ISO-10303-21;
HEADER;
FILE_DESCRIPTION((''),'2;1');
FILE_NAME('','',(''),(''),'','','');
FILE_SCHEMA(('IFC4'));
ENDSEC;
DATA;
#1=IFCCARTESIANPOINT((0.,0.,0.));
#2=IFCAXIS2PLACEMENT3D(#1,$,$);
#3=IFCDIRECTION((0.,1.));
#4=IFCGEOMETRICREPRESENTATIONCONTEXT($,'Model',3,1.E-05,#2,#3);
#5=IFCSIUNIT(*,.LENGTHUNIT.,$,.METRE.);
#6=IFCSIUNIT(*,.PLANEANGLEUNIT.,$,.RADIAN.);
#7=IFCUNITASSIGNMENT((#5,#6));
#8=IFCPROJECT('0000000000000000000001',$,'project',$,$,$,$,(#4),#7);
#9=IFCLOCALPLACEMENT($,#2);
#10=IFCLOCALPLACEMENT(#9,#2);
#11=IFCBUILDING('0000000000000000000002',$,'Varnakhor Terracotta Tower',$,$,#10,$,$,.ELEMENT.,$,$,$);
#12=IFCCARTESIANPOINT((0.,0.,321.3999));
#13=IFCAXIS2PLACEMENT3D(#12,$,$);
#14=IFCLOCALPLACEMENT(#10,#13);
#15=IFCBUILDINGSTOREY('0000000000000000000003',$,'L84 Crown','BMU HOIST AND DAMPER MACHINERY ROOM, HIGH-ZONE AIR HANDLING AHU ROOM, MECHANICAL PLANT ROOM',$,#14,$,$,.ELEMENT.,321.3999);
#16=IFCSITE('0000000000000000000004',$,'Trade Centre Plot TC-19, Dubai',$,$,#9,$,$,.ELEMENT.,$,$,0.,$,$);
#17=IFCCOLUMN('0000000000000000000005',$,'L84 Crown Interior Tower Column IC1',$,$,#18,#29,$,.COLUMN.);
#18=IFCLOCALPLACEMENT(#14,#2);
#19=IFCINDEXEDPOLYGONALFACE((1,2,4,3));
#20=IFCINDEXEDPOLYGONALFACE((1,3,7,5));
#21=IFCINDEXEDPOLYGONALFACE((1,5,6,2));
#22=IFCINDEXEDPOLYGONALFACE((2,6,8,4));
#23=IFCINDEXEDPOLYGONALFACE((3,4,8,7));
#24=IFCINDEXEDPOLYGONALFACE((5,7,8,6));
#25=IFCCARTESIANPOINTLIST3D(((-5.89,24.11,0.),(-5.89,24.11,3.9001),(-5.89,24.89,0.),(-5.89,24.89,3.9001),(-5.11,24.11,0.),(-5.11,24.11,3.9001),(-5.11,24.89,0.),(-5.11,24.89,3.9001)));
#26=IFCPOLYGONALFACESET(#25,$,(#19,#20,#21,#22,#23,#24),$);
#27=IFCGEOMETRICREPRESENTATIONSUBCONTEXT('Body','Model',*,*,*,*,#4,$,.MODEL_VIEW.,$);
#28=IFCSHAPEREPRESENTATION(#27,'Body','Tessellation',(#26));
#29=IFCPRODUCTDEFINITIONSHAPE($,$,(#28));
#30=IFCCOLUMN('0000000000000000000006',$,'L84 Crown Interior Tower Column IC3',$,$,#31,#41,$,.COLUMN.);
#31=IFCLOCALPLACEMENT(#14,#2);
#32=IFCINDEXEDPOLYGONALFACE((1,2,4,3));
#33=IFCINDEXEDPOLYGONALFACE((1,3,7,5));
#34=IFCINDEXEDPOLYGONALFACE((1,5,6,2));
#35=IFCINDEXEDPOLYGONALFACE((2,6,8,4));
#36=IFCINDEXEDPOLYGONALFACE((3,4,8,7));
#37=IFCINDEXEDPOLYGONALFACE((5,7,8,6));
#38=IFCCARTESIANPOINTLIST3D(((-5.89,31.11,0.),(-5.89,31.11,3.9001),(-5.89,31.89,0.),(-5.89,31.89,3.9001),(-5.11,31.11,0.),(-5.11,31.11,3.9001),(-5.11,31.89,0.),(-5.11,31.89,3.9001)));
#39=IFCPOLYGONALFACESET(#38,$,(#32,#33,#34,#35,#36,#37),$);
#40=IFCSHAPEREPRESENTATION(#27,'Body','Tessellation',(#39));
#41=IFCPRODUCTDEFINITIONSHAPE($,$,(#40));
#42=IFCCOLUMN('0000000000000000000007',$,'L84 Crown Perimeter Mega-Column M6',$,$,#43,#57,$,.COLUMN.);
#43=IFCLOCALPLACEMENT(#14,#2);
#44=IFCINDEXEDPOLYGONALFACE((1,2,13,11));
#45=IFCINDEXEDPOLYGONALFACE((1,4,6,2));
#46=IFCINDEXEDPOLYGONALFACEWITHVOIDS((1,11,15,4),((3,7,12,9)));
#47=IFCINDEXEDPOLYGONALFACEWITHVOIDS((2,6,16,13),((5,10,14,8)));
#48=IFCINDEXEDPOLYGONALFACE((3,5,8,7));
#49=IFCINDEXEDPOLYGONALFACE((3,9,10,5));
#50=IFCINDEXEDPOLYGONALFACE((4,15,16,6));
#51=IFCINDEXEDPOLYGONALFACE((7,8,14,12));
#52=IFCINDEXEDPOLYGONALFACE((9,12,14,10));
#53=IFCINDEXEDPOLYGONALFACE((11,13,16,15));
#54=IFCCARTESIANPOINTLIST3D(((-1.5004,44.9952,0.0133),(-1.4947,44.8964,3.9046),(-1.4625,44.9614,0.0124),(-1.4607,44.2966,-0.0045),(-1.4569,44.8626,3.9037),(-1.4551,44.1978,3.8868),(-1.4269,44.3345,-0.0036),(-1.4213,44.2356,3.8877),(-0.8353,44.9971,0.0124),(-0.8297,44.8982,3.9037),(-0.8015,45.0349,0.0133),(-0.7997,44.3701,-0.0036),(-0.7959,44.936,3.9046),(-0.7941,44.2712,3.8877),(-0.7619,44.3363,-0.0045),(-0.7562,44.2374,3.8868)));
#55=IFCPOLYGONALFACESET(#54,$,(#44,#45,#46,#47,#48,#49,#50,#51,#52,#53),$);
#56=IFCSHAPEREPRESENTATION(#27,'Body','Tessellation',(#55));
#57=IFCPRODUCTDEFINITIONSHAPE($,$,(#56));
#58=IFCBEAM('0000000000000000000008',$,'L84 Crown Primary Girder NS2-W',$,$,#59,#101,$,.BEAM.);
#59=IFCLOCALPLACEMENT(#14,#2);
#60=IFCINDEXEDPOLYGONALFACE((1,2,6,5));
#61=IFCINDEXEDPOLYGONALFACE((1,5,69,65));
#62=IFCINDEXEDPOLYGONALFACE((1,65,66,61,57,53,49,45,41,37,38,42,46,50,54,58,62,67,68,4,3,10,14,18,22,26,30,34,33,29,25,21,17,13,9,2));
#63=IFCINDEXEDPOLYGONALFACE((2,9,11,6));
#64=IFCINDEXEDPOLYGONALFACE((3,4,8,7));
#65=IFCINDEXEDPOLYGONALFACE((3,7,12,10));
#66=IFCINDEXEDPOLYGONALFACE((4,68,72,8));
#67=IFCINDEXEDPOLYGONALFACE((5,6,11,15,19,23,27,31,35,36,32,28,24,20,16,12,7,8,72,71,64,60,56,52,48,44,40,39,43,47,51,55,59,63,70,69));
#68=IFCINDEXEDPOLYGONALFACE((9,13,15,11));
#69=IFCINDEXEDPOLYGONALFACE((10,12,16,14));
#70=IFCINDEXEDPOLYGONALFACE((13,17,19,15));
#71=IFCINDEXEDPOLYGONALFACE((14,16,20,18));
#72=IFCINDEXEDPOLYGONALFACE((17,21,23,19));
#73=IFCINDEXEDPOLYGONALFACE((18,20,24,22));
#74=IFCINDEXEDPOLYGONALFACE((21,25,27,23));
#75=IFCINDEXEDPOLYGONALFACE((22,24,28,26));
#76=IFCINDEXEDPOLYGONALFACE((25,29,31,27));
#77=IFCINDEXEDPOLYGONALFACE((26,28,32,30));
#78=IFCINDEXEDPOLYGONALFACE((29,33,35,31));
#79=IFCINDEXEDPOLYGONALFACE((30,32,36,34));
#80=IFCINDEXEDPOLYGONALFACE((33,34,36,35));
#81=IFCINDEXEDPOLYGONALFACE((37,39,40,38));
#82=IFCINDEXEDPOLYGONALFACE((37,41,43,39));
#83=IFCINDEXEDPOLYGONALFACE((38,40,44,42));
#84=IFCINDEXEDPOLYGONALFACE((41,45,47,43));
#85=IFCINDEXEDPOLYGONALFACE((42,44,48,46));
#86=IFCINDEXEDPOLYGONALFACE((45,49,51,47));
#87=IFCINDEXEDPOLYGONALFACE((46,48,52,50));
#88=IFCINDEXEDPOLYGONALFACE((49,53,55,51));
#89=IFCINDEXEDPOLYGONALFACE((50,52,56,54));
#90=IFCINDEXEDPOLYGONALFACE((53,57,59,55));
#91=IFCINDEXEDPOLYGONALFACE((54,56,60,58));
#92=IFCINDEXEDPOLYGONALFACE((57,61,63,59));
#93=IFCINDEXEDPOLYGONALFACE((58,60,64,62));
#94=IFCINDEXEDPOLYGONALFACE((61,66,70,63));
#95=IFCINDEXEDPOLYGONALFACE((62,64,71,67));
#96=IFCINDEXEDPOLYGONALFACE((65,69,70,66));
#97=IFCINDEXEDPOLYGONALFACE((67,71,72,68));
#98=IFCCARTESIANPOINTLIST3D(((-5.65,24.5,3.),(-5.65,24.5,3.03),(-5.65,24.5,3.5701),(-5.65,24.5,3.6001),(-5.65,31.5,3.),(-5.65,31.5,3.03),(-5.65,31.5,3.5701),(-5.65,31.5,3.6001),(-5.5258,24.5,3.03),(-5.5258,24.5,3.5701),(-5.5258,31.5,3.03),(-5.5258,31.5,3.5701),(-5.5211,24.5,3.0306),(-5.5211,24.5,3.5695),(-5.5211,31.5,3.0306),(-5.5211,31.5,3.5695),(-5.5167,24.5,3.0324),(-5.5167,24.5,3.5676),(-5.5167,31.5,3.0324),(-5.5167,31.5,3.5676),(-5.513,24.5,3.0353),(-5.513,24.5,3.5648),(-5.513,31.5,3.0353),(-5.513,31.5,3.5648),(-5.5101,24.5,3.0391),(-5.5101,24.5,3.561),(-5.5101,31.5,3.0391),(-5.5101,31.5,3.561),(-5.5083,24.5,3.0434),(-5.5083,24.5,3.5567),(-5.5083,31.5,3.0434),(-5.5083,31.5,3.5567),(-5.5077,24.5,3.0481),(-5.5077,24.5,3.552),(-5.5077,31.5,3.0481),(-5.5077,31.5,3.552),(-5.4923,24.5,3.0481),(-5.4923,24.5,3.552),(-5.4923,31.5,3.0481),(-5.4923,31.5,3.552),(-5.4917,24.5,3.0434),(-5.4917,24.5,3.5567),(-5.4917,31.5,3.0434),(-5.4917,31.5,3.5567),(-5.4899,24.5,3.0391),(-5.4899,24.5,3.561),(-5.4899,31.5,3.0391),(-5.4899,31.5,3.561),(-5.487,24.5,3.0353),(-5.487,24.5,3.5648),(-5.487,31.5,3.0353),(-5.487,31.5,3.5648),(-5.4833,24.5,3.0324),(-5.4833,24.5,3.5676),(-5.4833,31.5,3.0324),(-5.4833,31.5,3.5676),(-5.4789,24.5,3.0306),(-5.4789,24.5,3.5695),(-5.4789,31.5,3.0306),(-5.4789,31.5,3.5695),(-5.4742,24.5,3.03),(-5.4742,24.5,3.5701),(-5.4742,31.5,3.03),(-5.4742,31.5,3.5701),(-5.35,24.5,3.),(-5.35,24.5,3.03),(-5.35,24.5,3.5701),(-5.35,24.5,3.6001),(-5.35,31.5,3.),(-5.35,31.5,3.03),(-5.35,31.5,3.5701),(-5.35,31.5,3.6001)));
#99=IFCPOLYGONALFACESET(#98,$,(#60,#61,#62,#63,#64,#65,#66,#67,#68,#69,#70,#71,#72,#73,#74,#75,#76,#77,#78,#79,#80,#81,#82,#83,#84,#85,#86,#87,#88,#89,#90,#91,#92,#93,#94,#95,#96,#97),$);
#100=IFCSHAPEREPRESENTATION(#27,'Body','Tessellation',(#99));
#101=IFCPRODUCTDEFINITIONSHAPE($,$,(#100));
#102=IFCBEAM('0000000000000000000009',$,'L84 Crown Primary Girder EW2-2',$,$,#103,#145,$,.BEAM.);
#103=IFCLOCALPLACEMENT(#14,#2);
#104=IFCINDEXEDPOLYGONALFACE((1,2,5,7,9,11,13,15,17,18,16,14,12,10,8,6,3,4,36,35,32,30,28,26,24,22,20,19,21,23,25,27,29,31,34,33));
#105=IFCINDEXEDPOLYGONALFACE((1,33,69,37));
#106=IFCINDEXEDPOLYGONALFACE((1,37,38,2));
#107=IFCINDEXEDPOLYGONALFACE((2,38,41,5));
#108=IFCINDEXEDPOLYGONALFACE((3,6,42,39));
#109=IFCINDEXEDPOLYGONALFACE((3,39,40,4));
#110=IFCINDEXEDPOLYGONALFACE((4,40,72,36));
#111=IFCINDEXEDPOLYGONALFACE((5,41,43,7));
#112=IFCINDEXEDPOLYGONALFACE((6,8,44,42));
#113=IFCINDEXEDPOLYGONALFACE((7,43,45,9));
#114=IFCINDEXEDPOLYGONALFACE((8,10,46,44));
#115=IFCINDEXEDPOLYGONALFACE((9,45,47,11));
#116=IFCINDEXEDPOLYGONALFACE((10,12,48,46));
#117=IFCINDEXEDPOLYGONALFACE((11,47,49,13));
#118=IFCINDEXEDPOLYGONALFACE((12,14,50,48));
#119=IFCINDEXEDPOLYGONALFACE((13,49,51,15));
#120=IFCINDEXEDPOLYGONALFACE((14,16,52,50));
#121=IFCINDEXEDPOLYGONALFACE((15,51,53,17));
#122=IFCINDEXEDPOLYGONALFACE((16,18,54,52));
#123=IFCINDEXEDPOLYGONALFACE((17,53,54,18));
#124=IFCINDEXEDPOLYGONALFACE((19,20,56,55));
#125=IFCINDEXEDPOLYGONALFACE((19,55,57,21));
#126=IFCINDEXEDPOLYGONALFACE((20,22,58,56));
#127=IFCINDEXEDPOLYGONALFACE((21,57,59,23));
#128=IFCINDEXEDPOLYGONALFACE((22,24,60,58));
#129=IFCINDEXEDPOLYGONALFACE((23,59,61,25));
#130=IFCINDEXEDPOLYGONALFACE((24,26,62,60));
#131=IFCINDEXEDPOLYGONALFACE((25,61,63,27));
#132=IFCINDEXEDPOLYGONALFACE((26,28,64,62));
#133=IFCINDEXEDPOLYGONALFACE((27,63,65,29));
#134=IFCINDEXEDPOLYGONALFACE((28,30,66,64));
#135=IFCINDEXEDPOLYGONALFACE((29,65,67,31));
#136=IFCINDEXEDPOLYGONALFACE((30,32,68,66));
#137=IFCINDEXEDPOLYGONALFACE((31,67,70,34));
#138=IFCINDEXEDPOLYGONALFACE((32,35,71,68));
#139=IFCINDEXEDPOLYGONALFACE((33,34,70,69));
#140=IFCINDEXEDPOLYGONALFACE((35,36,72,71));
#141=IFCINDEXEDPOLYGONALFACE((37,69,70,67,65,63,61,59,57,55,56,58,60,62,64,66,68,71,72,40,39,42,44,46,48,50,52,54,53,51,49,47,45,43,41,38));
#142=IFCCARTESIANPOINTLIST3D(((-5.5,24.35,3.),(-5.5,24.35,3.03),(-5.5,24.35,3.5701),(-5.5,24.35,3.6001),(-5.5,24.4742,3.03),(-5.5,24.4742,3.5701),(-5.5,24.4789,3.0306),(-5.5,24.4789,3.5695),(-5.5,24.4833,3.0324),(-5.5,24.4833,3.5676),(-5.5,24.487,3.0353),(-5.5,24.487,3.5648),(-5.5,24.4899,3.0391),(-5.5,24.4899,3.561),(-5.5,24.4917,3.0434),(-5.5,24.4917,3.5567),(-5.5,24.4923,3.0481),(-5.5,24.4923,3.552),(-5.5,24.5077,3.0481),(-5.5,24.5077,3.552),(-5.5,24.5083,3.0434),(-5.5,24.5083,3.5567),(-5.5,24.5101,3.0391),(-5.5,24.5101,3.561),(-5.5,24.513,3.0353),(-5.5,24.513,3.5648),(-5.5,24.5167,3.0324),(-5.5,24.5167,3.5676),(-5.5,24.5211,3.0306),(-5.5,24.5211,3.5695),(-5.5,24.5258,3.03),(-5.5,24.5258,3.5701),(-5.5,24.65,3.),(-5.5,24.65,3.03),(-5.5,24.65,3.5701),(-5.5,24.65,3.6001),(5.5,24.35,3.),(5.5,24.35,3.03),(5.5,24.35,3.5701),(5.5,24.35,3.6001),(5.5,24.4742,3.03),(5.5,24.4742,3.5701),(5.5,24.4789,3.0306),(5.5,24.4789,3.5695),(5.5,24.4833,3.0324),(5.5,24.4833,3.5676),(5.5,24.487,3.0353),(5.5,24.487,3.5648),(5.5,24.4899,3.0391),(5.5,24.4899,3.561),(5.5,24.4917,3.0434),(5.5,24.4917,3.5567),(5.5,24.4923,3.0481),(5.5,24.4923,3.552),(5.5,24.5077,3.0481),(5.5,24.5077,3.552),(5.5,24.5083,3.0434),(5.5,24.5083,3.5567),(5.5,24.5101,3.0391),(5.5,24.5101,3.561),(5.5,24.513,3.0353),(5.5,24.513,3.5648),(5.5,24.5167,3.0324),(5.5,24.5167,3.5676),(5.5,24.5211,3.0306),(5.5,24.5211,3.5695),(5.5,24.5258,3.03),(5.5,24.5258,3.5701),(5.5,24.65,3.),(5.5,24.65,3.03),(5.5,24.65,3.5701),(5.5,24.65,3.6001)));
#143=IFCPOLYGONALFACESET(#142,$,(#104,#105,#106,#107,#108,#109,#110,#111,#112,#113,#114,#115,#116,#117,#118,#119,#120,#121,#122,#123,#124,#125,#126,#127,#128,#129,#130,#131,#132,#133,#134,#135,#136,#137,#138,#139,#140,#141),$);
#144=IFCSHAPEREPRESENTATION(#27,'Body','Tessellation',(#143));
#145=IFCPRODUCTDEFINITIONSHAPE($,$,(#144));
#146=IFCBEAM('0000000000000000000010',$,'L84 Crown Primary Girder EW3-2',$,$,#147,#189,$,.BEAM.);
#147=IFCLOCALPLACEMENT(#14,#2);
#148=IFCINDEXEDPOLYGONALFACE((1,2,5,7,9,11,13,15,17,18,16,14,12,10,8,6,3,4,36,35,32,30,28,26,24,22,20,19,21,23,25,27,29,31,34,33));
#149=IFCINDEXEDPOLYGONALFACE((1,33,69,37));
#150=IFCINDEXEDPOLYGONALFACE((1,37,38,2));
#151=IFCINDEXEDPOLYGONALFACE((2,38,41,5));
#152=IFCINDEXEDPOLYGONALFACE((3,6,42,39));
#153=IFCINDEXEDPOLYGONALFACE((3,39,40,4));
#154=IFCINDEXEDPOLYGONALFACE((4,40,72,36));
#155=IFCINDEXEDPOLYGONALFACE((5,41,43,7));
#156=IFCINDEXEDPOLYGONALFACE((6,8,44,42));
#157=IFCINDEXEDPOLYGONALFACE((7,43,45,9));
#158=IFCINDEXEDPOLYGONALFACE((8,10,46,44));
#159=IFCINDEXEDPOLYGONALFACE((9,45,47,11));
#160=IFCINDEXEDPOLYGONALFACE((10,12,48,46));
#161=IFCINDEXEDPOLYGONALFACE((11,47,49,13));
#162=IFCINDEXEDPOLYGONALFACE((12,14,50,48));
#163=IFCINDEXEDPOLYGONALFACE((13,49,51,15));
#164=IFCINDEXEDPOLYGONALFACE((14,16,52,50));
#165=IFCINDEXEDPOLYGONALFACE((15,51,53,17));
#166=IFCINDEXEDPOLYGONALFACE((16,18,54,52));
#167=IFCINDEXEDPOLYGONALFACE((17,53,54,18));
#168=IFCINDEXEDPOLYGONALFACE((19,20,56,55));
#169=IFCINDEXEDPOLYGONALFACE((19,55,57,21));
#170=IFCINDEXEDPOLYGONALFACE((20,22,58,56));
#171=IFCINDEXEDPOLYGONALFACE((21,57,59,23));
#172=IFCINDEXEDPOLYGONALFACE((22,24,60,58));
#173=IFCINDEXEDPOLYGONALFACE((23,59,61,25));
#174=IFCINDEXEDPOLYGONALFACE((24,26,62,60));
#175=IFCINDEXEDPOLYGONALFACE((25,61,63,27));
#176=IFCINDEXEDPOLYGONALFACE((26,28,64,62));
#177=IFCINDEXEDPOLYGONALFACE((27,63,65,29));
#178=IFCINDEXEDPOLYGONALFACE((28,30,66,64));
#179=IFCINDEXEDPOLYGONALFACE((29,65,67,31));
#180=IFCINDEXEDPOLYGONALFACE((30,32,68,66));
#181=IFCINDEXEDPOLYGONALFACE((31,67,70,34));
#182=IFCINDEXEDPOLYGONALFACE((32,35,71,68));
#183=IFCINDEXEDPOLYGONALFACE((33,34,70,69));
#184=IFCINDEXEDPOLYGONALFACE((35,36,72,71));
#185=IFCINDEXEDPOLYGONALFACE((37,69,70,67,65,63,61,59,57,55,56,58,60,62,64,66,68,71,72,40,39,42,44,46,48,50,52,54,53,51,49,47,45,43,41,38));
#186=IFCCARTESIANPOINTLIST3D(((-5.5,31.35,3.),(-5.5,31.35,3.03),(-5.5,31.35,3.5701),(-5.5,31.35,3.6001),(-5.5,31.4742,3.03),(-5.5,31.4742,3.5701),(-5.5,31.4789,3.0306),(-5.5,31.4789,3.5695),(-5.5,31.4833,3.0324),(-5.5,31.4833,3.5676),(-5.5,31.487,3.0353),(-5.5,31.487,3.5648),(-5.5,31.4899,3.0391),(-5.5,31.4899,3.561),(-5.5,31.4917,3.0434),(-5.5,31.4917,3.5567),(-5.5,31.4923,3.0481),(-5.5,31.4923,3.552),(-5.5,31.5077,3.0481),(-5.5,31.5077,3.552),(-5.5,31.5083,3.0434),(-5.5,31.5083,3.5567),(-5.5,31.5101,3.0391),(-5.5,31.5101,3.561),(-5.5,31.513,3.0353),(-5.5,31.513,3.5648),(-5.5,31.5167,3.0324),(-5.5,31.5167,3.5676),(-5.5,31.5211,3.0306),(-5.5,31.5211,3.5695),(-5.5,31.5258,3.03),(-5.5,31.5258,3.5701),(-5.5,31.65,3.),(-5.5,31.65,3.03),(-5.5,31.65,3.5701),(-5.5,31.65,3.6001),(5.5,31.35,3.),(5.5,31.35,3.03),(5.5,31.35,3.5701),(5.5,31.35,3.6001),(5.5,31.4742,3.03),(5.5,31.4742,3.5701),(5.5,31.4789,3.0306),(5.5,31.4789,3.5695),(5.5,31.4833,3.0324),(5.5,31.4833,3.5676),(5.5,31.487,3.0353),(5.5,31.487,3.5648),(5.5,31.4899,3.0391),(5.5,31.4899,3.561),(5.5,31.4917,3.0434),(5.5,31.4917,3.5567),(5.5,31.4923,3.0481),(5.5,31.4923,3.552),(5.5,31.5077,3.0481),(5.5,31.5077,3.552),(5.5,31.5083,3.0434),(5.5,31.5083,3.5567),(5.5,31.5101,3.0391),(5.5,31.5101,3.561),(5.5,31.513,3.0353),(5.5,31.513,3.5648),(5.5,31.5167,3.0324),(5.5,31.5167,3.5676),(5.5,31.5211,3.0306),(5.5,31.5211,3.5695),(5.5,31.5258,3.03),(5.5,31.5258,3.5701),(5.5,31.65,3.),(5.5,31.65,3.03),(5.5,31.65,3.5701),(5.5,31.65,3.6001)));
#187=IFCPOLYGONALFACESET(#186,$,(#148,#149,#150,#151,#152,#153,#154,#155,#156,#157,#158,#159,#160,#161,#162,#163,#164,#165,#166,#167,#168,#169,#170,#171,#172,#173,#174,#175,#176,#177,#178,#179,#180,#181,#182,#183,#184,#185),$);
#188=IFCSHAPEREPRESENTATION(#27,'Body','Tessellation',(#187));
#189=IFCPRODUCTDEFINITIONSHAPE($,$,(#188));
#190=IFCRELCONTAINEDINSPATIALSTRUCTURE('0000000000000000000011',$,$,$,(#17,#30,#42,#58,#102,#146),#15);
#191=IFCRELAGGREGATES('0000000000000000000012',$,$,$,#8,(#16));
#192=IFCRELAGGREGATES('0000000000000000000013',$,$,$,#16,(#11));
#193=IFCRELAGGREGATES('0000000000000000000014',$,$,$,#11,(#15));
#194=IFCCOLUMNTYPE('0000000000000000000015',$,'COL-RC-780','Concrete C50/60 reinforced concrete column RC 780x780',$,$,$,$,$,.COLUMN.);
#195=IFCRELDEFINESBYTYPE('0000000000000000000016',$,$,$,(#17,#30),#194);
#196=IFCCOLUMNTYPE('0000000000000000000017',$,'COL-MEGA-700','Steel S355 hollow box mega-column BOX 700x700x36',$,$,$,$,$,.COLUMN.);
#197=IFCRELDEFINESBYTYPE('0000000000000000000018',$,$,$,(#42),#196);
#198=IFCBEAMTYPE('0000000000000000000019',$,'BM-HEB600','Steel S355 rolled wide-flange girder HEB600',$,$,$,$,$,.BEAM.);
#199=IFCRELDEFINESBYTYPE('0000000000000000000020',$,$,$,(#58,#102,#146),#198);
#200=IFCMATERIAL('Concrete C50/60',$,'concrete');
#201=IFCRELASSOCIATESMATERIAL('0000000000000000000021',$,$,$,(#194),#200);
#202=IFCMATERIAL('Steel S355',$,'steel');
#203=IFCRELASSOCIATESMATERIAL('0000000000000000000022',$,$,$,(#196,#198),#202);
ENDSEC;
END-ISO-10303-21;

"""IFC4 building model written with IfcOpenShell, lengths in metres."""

from ifc_helpers import new_model, si_unit, direction, frame, origin, origin_2d, place, context, subcontext, project, spatial, rectangle, hollow_rectangle, i_section, extrude, source, transform, mapped, material, material_profile, profile_set, type_object, element, save


model = new_model("IFC4")

# Units and contexts
model_context = context("Model", 3, precision=1e-05, world=origin(), true_north=direction((0.0, 1.0)))
body_context = subcontext(model_context, "Body", "Model", "MODEL_VIEW")
ifc_project = project(units=[si_unit("LENGTHUNIT", "METRE"), si_unit("PLANEANGLEUNIT", "RADIAN")], contexts=[model_context])

# Site, building, storey
site_placement = place(None, origin())
site = spatial("IfcSite", under=ifc_project, at=site_placement, Name="Trade Centre Plot TC-19, Dubai", CompositionType="ELEMENT", RefElevation=0.0)
building_placement = place(site_placement, origin())
building = spatial("IfcBuilding", under=site, at=building_placement, Name="Varnakhor Terracotta Tower", CompositionType="ELEMENT")
storey_placement = place(building_placement, frame((0.0, 0.0, 321.3999)))
storey = spatial("IfcBuildingStorey", under=building, at=storey_placement, Name="L84 Crown", Description="BMU HOIST AND DAMPER MACHINERY ROOM, HIGH-ZONE AIR HANDLING AHU ROOM, MECHANICAL PLANT ROOM", CompositionType="ELEMENT", Elevation=321.3999)

# Columns
ifc_material_1 = material(Name="Concrete C50/60", Category="concrete")
ifc_material_profile_1 = material_profile(ifc_material_1, rectangle(XDim=0.78, YDim=0.78, at=origin_2d()), Name="RC 780x780")
ifc_profile_set_1 = profile_set([ifc_material_profile_1], Name="Concrete C50/60")
column_type_1 = type_object("IfcColumnType", Name="COL-RC-780", Description="Concrete C50/60 reinforced concrete column RC 780x780", PredefinedType="COLUMN", material=ifc_profile_set_1)
shared_shape_1 = source(origin(), body_context, "Body", "SweptSolid", [
    extrude(rectangle(XDim=0.78, YDim=0.78, at=origin_2d()), origin(), (0.0, 0.0, 1.0), 3.9001),
])
for number, where, z_axis, x_axis, name in (
    (1, (-5.5, 24.5, 0.0), (0.0, 0.0, 1.0), (1.0, 0.0, 0.0), "L84 Crown Interior Tower Column IC1"),
    (2, (-5.5, 31.5, 0.0), (0.0, 0.0, 1.0), (1.0, 0.0, 0.0), "L84 Crown Interior Tower Column IC3"),
):
    element("IfcColumn", number, at=place(storey_placement, frame(where, z_axis=z_axis, x_axis=x_axis)), inside=storey, type_object=column_type_1, Name=name, PredefinedType="COLUMN", context=body_context, shape_type="MappedRepresentation", body=[
        mapped(shared_shape_1, transform((0.0, 0.0, 0.0), scale=1.0)),
    ])
ifc_material_2 = material(Name="Steel S355", Category="steel")
ifc_material_profile_2 = material_profile(ifc_material_2, hollow_rectangle(XDim=0.7, YDim=0.7, WallThickness=0.0359, at=origin_2d()), Name="BOX 700x700x36")
ifc_profile_set_2 = profile_set([ifc_material_profile_2], Name="Steel S355")
column_type_2 = type_object("IfcColumnType", Name="COL-MEGA-700", Description="Steel S355 hollow box mega-column BOX 700x700x36", PredefinedType="COLUMN", material=ifc_profile_set_2)
shared_shape_2 = source(origin(), body_context, "Body", "SweptSolid", [
    extrude(hollow_rectangle(XDim=0.7, YDim=0.7, WallThickness=0.0359, at=origin_2d()), origin(), (0.0, 0.0, 1.0), 3.8926),
])
column_placement = place(storey_placement, frame((-1.1311, 44.6658, 0.0044), z_axis=(0.001443, -0.025401, 0.999676), x_axis=(0.998391, 0.056699, 0.0)))
element("IfcColumn", 3, at=column_placement, inside=storey, type_object=column_type_2, Name="L84 Crown Perimeter Mega-Column M6", PredefinedType="COLUMN", context=body_context, shape_type="MappedRepresentation", body=[
    mapped(shared_shape_2, transform((0.0, 0.0, 0.0), scale=1.0)),
])

# Beams
ifc_material_profile_3 = material_profile(ifc_material_2, i_section(OverallWidth=0.3, OverallDepth=0.6001, WebThickness=0.0154, FlangeThickness=0.03, FilletRadius=0.0181, at=origin_2d()), Name="HEB600")
ifc_profile_set_3 = profile_set([ifc_material_profile_3], Name="Steel S355")
beam_type = type_object("IfcBeamType", Name="BM-HEB600", Description="Steel S355 rolled wide-flange girder HEB600", PredefinedType="BEAM", material=ifc_profile_set_3)
shared_shape_3 = source(origin(), body_context, "Body", "SweptSolid", [
    extrude(i_section(OverallWidth=0.3, OverallDepth=0.6001, WebThickness=0.0154, FlangeThickness=0.03, FilletRadius=0.0181, at=origin_2d()), origin(), (0.0, 0.0, 1.0), 7.0),
])
beam_1_placement = place(storey_placement, frame((-5.5, 24.5, 3.3), z_axis=(0.0, 1.0, 0.0), x_axis=(-1.0, 0.0, 0.0)))
element("IfcBeam", 4, at=beam_1_placement, inside=storey, type_object=beam_type, Name="L84 Crown Primary Girder NS2-W", PredefinedType="BEAM", context=body_context, shape_type="MappedRepresentation", body=[
    mapped(shared_shape_3, transform((0.0, 0.0, 0.0), scale=1.0)),
])
shared_shape_4 = source(origin(), body_context, "Body", "SweptSolid", [
    extrude(i_section(OverallWidth=0.3, OverallDepth=0.6001, WebThickness=0.0154, FlangeThickness=0.03, FilletRadius=0.0181, at=origin_2d()), origin(), (0.0, 0.0, 1.0), 11.0),
])
for number, where, z_axis, x_axis, name in (
    (5, (-5.5, 24.5, 3.3), (1.0, 0.0, 0.0), (0.0, 1.0, 0.0), "L84 Crown Primary Girder EW2-2"),
    (6, (-5.5, 31.5, 3.3), (1.0, 0.0, 0.0), (0.0, 1.0, 0.0), "L84 Crown Primary Girder EW3-2"),
):
    element("IfcBeam", number, at=place(storey_placement, frame(where, z_axis=z_axis, x_axis=x_axis)), inside=storey, type_object=beam_type, Name=name, PredefinedType="BEAM", context=body_context, shape_type="MappedRepresentation", body=[
        mapped(shared_shape_4, transform((0.0, 0.0, 0.0), scale=1.0)),
    ])

save(model, "model.ifc")
